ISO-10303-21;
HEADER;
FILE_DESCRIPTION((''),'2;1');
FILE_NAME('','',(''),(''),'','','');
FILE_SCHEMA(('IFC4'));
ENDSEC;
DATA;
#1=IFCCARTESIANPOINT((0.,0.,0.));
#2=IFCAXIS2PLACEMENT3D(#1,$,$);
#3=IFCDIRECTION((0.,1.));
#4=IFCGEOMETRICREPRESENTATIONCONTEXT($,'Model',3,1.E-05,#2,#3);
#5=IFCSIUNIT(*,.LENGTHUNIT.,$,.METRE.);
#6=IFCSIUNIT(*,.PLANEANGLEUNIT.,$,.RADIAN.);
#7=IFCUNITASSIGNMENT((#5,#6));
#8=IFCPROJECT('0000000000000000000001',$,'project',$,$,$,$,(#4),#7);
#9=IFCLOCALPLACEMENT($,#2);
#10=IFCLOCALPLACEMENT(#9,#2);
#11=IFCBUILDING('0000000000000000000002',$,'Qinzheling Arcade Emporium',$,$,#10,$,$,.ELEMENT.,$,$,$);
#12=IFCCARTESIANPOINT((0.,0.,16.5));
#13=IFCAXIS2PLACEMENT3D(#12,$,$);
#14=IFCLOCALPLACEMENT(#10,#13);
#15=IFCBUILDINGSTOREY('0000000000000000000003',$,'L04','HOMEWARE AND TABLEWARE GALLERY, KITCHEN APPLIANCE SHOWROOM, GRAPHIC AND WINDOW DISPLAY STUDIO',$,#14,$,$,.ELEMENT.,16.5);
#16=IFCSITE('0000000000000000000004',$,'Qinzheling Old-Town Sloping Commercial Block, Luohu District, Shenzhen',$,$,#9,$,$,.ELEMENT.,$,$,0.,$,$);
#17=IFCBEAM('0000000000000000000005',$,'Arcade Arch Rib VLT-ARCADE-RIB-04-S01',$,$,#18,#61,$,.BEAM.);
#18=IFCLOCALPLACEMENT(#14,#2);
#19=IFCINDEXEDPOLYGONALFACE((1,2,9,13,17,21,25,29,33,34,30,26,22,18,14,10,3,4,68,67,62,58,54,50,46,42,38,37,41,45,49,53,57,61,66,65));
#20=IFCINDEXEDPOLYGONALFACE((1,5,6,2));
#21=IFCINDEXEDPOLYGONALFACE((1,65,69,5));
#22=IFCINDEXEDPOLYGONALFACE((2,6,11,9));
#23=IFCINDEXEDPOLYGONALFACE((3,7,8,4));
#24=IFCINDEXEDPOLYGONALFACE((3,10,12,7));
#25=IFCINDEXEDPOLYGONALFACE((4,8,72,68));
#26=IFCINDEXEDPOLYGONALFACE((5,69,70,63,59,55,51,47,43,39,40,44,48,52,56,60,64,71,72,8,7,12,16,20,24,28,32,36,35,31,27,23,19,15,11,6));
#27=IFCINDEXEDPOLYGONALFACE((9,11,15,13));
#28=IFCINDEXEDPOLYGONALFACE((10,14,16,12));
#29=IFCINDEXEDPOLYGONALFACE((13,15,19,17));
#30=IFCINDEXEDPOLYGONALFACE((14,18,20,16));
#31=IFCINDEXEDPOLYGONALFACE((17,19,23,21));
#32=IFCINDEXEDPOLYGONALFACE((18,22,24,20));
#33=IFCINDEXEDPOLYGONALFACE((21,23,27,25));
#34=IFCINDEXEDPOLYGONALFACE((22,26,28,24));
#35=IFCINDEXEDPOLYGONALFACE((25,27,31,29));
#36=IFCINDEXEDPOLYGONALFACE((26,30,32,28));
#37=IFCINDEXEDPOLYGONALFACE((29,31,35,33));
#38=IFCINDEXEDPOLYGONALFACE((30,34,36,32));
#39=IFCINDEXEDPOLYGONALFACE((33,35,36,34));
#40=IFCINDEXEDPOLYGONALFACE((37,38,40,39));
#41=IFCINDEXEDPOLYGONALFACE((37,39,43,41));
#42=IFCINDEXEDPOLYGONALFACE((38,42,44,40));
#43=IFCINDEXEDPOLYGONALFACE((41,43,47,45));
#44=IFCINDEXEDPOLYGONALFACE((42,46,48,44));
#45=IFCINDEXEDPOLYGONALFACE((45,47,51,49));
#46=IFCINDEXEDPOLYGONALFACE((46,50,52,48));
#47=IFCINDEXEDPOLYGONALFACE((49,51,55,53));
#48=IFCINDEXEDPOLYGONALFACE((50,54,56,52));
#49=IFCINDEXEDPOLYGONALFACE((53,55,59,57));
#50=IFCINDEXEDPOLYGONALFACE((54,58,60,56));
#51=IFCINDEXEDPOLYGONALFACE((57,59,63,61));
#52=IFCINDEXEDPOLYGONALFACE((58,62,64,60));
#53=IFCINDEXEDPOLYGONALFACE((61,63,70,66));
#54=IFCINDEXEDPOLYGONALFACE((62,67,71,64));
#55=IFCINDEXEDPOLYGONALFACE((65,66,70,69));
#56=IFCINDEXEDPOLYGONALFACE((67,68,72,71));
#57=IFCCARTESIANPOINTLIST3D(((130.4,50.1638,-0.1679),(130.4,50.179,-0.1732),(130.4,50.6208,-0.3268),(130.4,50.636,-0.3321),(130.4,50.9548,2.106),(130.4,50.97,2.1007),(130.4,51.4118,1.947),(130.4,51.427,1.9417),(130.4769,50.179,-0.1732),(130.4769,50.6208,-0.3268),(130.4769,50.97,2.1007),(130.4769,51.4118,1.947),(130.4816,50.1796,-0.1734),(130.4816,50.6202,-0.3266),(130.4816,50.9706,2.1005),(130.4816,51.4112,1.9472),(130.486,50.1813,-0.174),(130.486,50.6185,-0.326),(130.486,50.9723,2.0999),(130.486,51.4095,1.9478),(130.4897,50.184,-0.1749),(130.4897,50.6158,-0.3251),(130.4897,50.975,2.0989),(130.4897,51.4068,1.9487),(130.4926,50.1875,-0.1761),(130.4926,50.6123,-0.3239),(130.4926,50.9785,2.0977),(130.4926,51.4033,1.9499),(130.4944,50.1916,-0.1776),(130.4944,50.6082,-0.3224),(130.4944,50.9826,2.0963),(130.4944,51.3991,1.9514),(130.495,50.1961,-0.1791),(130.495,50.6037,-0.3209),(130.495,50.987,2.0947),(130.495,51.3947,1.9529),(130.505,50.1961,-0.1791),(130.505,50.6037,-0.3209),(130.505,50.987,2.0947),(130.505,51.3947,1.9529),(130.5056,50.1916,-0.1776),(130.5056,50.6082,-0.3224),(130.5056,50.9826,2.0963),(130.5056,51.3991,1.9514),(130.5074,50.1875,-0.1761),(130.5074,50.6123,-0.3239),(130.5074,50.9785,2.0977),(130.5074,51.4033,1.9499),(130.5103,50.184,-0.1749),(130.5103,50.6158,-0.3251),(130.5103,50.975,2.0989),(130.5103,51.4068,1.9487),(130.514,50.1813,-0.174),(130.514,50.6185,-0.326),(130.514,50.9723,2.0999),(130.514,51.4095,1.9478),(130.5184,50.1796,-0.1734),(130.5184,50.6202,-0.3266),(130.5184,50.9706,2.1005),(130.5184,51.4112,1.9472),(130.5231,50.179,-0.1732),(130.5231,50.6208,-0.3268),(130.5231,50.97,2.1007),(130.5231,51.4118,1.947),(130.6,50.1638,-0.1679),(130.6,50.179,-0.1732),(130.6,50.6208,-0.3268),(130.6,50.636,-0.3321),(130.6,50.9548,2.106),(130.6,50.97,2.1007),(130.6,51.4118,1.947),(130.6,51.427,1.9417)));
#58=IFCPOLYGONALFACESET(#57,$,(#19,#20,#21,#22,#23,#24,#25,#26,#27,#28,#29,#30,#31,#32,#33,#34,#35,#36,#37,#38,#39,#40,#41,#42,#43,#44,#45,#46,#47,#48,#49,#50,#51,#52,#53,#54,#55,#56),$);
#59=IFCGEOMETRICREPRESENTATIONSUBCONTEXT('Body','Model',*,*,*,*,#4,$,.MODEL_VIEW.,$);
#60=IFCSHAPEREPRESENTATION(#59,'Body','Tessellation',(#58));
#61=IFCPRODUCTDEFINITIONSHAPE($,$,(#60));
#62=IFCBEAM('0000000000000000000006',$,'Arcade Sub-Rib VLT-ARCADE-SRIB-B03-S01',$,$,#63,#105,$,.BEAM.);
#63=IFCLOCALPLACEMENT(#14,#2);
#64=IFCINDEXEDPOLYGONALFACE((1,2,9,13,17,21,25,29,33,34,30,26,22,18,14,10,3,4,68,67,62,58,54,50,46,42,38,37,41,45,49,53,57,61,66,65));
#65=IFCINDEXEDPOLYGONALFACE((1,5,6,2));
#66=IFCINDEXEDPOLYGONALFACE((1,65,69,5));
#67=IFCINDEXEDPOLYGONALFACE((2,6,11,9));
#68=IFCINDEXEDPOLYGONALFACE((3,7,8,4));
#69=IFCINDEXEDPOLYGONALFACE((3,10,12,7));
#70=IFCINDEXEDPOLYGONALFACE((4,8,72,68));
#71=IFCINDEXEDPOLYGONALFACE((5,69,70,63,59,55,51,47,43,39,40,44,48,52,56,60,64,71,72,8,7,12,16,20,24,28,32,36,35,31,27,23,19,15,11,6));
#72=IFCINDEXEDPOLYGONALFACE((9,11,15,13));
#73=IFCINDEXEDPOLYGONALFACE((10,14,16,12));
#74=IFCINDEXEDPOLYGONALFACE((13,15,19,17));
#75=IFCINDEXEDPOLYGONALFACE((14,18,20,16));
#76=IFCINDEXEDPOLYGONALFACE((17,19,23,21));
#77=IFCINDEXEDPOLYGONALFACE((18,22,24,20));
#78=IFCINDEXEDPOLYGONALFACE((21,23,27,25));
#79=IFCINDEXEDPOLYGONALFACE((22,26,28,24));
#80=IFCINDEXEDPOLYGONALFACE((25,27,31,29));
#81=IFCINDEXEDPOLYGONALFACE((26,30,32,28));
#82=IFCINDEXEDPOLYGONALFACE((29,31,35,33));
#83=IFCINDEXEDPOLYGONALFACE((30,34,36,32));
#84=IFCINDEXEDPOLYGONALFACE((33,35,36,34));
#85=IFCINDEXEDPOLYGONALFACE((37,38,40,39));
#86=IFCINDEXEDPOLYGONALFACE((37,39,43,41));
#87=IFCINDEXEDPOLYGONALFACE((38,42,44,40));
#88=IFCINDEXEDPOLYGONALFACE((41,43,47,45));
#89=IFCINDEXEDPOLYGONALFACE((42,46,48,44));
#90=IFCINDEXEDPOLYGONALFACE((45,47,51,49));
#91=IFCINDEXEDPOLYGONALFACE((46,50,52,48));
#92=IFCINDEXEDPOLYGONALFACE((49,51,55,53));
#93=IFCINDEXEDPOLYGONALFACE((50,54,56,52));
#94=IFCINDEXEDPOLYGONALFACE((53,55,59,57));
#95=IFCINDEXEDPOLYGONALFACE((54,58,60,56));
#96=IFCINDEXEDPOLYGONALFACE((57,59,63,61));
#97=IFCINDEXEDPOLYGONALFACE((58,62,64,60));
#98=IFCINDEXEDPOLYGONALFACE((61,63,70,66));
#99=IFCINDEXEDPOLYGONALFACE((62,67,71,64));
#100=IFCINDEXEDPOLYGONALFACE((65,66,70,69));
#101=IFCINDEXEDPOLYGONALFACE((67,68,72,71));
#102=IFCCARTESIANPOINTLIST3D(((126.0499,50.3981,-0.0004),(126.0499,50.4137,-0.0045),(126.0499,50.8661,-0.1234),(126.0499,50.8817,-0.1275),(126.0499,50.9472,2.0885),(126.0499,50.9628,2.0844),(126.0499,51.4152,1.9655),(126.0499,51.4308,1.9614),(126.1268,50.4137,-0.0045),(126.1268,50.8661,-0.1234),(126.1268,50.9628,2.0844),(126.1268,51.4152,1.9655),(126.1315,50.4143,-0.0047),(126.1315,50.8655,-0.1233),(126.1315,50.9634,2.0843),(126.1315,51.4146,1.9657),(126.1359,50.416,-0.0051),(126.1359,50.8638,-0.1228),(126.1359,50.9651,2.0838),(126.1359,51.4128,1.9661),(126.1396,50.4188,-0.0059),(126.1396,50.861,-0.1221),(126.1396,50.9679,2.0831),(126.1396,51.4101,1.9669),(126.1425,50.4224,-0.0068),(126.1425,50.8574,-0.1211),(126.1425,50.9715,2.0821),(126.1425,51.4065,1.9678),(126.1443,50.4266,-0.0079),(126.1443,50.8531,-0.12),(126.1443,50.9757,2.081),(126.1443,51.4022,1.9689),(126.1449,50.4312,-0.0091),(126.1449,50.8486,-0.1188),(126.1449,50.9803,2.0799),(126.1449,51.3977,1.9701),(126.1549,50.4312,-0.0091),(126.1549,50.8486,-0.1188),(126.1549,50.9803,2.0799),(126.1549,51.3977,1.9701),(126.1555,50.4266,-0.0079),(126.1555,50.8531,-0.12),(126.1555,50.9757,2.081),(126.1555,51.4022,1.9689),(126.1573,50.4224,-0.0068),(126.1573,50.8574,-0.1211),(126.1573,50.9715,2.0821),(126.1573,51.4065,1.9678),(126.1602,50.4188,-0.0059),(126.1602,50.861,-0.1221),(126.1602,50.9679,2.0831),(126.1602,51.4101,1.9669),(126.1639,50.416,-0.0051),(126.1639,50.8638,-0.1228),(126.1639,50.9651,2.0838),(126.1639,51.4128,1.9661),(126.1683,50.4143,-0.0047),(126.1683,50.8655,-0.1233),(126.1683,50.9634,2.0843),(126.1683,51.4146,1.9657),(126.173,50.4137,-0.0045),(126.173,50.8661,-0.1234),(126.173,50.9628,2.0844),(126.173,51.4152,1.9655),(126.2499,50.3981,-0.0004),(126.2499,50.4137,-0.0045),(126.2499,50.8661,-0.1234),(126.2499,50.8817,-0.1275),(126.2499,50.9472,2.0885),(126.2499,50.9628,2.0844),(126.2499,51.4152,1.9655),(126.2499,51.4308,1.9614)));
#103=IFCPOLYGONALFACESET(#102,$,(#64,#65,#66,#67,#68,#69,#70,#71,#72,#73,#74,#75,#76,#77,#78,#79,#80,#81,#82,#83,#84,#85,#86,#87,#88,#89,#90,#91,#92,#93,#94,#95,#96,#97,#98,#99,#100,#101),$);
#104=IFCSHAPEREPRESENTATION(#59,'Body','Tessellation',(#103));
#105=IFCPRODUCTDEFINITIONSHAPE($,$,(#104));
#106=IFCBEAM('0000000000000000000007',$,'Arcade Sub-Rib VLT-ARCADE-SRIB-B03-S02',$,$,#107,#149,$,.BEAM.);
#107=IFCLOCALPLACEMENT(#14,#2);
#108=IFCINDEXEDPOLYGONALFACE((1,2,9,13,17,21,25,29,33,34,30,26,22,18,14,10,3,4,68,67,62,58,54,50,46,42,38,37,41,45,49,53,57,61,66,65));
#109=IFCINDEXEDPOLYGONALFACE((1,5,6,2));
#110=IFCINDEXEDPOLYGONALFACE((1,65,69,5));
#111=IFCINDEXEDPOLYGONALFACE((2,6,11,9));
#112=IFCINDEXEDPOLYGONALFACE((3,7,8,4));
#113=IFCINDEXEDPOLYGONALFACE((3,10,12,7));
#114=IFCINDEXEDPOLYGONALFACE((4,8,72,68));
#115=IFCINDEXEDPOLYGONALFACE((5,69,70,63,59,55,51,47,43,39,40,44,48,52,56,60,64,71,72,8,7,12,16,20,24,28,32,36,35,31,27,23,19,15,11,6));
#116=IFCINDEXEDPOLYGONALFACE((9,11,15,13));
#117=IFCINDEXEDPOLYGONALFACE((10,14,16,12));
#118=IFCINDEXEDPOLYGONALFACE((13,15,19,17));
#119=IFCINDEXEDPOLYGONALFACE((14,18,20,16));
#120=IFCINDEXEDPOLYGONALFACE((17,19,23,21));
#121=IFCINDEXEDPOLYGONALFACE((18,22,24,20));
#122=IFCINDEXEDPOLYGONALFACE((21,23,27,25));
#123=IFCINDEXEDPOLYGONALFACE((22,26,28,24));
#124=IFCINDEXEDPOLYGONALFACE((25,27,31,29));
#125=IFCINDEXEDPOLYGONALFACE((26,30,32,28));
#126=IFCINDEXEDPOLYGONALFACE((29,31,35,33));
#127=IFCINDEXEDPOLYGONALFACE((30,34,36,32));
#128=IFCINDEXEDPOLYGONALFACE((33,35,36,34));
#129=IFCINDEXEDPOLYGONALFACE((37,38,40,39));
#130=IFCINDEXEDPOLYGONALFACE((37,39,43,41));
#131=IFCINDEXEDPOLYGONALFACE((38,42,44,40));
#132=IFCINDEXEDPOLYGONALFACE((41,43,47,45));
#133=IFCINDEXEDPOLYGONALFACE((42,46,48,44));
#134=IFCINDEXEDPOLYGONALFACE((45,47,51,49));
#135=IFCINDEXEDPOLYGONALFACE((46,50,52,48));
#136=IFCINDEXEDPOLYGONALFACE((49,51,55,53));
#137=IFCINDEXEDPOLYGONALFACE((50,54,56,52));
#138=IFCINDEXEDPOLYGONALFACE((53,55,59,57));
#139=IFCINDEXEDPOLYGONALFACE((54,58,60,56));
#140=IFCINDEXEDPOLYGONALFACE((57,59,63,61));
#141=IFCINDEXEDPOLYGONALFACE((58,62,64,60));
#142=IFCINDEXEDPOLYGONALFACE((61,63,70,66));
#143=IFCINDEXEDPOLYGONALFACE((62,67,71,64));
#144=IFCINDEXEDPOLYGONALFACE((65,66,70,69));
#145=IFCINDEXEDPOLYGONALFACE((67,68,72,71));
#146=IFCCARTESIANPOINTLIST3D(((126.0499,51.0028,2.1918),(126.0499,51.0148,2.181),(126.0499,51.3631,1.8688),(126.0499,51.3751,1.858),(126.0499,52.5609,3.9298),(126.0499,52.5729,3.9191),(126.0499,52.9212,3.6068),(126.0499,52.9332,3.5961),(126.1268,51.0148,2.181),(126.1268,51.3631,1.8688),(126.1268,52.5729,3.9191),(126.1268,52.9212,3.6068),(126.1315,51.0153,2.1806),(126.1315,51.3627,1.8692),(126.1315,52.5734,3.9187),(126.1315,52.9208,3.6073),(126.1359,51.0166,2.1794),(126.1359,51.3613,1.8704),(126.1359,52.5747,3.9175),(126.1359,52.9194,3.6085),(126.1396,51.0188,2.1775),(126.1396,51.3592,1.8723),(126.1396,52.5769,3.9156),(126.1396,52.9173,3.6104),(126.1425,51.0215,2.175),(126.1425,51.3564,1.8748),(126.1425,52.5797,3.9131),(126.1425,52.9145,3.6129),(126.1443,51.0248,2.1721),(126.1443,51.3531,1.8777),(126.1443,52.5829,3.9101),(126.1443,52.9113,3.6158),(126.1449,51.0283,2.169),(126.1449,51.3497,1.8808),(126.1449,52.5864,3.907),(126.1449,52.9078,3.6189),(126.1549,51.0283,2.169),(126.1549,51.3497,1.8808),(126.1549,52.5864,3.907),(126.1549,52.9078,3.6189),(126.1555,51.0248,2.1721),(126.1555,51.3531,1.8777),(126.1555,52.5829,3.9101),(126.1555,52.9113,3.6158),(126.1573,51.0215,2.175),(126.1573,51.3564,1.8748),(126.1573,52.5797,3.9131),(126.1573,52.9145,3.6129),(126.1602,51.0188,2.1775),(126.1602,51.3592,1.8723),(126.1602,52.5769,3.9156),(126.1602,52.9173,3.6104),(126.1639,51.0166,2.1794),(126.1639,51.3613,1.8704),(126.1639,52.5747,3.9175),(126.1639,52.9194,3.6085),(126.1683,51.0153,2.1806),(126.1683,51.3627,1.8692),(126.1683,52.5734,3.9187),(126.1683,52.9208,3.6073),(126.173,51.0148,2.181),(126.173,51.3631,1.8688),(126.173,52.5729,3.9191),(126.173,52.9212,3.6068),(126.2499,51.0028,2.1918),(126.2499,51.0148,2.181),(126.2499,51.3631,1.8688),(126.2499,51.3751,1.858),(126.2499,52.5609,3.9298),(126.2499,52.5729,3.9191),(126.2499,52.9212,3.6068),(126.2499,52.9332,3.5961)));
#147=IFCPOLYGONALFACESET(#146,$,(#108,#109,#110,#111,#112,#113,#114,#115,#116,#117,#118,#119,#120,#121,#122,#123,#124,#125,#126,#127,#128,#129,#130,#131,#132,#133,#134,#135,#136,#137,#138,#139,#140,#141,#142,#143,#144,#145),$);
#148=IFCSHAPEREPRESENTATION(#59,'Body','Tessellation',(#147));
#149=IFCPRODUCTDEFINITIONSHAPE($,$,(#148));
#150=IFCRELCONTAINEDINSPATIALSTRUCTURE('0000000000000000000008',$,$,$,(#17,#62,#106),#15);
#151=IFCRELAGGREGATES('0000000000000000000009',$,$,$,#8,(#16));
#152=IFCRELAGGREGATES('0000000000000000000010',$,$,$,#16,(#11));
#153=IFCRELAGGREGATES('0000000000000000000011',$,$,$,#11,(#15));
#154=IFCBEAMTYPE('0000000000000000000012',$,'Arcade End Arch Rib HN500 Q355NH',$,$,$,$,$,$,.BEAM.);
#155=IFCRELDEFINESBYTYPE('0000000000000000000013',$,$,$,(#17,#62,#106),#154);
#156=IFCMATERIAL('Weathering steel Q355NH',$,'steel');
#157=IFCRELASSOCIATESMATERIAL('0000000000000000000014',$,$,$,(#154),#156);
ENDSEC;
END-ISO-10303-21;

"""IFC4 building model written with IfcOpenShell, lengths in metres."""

from ifc_helpers import new_model, si_unit, direction, frame, origin, origin_2d, place, context, subcontext, project, spatial, i_section, extrude, material, material_profile, profile_set, type_object, element, save


model = new_model("IFC4")

# Units and contexts
model_context = context("Model", 3, precision=1e-05, world=origin(), true_north=direction((0.0, 1.0)))
body_context = subcontext(model_context, "Body", "Model", "MODEL_VIEW")
ifc_project = project(units=[si_unit("LENGTHUNIT", "METRE"), si_unit("PLANEANGLEUNIT", "RADIAN")], contexts=[model_context])

# Site, building, storey
site_placement = place(None, origin())
site = spatial("IfcSite", under=ifc_project, at=site_placement, Name="Qinzheling Old-Town Sloping Commercial Block, Luohu District, Shenzhen", CompositionType="ELEMENT", RefElevation=0.0)
building_placement = place(site_placement, origin())
building = spatial("IfcBuilding", under=site, at=building_placement, Name="Qinzheling Arcade Emporium", CompositionType="ELEMENT")
storey_placement = place(building_placement, frame((0.0, 0.0, 16.5)))
storey = spatial("IfcBuildingStorey", under=building, at=storey_placement, Name="L04", Description="HOMEWARE AND TABLEWARE GALLERY, KITCHEN APPLIANCE SHOWROOM, GRAPHIC AND WINDOW DISPLAY STUDIO", CompositionType="ELEMENT", Elevation=16.5)

# Beams
ifc_material_1 = material(Name="Weathering steel Q355NH", Category="steel")
ifc_material_profile_1 = material_profile(ifc_material_1, i_section(OverallWidth=0.2, OverallDepth=0.5, WebThickness=0.01, FlangeThickness=0.0161, FilletRadius=0.0181, at=origin_2d()), Name="HN 500x200x10x16", Category="steel")
ifc_profile_set_1 = profile_set([ifc_material_profile_1], Name="Weathering steel Q355NH")
beam_type_1 = type_object("IfcBeamType", Name="Arcade End Arch Rib HN500 Q355NH", PredefinedType="BEAM", material=ifc_profile_set_1)
beam_1_placement = place(storey_placement, frame((130.5, 50.3999, -0.25), z_axis=(0.0, 0.328552, 0.944486), x_axis=(-1.0, 0.0, 0.0)))
element("IfcBeam", 1, at=beam_1_placement, inside=storey, type_object=beam_type_1, Name="Arcade Arch Rib VLT-ARCADE-RIB-04-S01", PredefinedType="BEAM", context=body_context, shape_type="SweptSolid", body=[
    extrude(i_section(OverallWidth=0.2, OverallDepth=0.5, WebThickness=0.01, FlangeThickness=0.0161, FilletRadius=0.0181, at=origin_2d()), origin(), (0.0, 0.0, 1.0), 2.4075),
])
beam_2_placement = place(storey_placement, frame((126.1499, 50.6399, -0.064), z_axis=(0.0, 0.254221, 0.967146), x_axis=(-1.0, 0.0, 0.0)))
element("IfcBeam", 2, at=beam_2_placement, inside=storey, type_object=beam_type_1, Name="Arcade Sub-Rib VLT-ARCADE-SRIB-B03-S01", PredefinedType="BEAM", context=body_context, shape_type="SweptSolid", body=[
    extrude(i_section(OverallWidth=0.2, OverallDepth=0.5, WebThickness=0.01, FlangeThickness=0.0161, FilletRadius=0.0181, at=origin_2d()), origin(), (0.0, 0.0, 1.0), 2.1599),
])
beam_3_placement = place(storey_placement, frame((126.1499, 51.189, 2.0249), z_axis=(0.0, 0.667513, 0.744598), x_axis=(-1.0, 0.0, 0.0)))
element("IfcBeam", 3, at=beam_3_placement, inside=storey, type_object=beam_type_1, Name="Arcade Sub-Rib VLT-ARCADE-SRIB-B03-S02", PredefinedType="BEAM", context=body_context, shape_type="SweptSolid", body=[
    extrude(i_section(OverallWidth=0.2, OverallDepth=0.5, WebThickness=0.01, FlangeThickness=0.0161, FilletRadius=0.0181, at=origin_2d()), origin(), (0.0, 0.0, 1.0), 2.3342),
])

save(model, "model.ifc")
